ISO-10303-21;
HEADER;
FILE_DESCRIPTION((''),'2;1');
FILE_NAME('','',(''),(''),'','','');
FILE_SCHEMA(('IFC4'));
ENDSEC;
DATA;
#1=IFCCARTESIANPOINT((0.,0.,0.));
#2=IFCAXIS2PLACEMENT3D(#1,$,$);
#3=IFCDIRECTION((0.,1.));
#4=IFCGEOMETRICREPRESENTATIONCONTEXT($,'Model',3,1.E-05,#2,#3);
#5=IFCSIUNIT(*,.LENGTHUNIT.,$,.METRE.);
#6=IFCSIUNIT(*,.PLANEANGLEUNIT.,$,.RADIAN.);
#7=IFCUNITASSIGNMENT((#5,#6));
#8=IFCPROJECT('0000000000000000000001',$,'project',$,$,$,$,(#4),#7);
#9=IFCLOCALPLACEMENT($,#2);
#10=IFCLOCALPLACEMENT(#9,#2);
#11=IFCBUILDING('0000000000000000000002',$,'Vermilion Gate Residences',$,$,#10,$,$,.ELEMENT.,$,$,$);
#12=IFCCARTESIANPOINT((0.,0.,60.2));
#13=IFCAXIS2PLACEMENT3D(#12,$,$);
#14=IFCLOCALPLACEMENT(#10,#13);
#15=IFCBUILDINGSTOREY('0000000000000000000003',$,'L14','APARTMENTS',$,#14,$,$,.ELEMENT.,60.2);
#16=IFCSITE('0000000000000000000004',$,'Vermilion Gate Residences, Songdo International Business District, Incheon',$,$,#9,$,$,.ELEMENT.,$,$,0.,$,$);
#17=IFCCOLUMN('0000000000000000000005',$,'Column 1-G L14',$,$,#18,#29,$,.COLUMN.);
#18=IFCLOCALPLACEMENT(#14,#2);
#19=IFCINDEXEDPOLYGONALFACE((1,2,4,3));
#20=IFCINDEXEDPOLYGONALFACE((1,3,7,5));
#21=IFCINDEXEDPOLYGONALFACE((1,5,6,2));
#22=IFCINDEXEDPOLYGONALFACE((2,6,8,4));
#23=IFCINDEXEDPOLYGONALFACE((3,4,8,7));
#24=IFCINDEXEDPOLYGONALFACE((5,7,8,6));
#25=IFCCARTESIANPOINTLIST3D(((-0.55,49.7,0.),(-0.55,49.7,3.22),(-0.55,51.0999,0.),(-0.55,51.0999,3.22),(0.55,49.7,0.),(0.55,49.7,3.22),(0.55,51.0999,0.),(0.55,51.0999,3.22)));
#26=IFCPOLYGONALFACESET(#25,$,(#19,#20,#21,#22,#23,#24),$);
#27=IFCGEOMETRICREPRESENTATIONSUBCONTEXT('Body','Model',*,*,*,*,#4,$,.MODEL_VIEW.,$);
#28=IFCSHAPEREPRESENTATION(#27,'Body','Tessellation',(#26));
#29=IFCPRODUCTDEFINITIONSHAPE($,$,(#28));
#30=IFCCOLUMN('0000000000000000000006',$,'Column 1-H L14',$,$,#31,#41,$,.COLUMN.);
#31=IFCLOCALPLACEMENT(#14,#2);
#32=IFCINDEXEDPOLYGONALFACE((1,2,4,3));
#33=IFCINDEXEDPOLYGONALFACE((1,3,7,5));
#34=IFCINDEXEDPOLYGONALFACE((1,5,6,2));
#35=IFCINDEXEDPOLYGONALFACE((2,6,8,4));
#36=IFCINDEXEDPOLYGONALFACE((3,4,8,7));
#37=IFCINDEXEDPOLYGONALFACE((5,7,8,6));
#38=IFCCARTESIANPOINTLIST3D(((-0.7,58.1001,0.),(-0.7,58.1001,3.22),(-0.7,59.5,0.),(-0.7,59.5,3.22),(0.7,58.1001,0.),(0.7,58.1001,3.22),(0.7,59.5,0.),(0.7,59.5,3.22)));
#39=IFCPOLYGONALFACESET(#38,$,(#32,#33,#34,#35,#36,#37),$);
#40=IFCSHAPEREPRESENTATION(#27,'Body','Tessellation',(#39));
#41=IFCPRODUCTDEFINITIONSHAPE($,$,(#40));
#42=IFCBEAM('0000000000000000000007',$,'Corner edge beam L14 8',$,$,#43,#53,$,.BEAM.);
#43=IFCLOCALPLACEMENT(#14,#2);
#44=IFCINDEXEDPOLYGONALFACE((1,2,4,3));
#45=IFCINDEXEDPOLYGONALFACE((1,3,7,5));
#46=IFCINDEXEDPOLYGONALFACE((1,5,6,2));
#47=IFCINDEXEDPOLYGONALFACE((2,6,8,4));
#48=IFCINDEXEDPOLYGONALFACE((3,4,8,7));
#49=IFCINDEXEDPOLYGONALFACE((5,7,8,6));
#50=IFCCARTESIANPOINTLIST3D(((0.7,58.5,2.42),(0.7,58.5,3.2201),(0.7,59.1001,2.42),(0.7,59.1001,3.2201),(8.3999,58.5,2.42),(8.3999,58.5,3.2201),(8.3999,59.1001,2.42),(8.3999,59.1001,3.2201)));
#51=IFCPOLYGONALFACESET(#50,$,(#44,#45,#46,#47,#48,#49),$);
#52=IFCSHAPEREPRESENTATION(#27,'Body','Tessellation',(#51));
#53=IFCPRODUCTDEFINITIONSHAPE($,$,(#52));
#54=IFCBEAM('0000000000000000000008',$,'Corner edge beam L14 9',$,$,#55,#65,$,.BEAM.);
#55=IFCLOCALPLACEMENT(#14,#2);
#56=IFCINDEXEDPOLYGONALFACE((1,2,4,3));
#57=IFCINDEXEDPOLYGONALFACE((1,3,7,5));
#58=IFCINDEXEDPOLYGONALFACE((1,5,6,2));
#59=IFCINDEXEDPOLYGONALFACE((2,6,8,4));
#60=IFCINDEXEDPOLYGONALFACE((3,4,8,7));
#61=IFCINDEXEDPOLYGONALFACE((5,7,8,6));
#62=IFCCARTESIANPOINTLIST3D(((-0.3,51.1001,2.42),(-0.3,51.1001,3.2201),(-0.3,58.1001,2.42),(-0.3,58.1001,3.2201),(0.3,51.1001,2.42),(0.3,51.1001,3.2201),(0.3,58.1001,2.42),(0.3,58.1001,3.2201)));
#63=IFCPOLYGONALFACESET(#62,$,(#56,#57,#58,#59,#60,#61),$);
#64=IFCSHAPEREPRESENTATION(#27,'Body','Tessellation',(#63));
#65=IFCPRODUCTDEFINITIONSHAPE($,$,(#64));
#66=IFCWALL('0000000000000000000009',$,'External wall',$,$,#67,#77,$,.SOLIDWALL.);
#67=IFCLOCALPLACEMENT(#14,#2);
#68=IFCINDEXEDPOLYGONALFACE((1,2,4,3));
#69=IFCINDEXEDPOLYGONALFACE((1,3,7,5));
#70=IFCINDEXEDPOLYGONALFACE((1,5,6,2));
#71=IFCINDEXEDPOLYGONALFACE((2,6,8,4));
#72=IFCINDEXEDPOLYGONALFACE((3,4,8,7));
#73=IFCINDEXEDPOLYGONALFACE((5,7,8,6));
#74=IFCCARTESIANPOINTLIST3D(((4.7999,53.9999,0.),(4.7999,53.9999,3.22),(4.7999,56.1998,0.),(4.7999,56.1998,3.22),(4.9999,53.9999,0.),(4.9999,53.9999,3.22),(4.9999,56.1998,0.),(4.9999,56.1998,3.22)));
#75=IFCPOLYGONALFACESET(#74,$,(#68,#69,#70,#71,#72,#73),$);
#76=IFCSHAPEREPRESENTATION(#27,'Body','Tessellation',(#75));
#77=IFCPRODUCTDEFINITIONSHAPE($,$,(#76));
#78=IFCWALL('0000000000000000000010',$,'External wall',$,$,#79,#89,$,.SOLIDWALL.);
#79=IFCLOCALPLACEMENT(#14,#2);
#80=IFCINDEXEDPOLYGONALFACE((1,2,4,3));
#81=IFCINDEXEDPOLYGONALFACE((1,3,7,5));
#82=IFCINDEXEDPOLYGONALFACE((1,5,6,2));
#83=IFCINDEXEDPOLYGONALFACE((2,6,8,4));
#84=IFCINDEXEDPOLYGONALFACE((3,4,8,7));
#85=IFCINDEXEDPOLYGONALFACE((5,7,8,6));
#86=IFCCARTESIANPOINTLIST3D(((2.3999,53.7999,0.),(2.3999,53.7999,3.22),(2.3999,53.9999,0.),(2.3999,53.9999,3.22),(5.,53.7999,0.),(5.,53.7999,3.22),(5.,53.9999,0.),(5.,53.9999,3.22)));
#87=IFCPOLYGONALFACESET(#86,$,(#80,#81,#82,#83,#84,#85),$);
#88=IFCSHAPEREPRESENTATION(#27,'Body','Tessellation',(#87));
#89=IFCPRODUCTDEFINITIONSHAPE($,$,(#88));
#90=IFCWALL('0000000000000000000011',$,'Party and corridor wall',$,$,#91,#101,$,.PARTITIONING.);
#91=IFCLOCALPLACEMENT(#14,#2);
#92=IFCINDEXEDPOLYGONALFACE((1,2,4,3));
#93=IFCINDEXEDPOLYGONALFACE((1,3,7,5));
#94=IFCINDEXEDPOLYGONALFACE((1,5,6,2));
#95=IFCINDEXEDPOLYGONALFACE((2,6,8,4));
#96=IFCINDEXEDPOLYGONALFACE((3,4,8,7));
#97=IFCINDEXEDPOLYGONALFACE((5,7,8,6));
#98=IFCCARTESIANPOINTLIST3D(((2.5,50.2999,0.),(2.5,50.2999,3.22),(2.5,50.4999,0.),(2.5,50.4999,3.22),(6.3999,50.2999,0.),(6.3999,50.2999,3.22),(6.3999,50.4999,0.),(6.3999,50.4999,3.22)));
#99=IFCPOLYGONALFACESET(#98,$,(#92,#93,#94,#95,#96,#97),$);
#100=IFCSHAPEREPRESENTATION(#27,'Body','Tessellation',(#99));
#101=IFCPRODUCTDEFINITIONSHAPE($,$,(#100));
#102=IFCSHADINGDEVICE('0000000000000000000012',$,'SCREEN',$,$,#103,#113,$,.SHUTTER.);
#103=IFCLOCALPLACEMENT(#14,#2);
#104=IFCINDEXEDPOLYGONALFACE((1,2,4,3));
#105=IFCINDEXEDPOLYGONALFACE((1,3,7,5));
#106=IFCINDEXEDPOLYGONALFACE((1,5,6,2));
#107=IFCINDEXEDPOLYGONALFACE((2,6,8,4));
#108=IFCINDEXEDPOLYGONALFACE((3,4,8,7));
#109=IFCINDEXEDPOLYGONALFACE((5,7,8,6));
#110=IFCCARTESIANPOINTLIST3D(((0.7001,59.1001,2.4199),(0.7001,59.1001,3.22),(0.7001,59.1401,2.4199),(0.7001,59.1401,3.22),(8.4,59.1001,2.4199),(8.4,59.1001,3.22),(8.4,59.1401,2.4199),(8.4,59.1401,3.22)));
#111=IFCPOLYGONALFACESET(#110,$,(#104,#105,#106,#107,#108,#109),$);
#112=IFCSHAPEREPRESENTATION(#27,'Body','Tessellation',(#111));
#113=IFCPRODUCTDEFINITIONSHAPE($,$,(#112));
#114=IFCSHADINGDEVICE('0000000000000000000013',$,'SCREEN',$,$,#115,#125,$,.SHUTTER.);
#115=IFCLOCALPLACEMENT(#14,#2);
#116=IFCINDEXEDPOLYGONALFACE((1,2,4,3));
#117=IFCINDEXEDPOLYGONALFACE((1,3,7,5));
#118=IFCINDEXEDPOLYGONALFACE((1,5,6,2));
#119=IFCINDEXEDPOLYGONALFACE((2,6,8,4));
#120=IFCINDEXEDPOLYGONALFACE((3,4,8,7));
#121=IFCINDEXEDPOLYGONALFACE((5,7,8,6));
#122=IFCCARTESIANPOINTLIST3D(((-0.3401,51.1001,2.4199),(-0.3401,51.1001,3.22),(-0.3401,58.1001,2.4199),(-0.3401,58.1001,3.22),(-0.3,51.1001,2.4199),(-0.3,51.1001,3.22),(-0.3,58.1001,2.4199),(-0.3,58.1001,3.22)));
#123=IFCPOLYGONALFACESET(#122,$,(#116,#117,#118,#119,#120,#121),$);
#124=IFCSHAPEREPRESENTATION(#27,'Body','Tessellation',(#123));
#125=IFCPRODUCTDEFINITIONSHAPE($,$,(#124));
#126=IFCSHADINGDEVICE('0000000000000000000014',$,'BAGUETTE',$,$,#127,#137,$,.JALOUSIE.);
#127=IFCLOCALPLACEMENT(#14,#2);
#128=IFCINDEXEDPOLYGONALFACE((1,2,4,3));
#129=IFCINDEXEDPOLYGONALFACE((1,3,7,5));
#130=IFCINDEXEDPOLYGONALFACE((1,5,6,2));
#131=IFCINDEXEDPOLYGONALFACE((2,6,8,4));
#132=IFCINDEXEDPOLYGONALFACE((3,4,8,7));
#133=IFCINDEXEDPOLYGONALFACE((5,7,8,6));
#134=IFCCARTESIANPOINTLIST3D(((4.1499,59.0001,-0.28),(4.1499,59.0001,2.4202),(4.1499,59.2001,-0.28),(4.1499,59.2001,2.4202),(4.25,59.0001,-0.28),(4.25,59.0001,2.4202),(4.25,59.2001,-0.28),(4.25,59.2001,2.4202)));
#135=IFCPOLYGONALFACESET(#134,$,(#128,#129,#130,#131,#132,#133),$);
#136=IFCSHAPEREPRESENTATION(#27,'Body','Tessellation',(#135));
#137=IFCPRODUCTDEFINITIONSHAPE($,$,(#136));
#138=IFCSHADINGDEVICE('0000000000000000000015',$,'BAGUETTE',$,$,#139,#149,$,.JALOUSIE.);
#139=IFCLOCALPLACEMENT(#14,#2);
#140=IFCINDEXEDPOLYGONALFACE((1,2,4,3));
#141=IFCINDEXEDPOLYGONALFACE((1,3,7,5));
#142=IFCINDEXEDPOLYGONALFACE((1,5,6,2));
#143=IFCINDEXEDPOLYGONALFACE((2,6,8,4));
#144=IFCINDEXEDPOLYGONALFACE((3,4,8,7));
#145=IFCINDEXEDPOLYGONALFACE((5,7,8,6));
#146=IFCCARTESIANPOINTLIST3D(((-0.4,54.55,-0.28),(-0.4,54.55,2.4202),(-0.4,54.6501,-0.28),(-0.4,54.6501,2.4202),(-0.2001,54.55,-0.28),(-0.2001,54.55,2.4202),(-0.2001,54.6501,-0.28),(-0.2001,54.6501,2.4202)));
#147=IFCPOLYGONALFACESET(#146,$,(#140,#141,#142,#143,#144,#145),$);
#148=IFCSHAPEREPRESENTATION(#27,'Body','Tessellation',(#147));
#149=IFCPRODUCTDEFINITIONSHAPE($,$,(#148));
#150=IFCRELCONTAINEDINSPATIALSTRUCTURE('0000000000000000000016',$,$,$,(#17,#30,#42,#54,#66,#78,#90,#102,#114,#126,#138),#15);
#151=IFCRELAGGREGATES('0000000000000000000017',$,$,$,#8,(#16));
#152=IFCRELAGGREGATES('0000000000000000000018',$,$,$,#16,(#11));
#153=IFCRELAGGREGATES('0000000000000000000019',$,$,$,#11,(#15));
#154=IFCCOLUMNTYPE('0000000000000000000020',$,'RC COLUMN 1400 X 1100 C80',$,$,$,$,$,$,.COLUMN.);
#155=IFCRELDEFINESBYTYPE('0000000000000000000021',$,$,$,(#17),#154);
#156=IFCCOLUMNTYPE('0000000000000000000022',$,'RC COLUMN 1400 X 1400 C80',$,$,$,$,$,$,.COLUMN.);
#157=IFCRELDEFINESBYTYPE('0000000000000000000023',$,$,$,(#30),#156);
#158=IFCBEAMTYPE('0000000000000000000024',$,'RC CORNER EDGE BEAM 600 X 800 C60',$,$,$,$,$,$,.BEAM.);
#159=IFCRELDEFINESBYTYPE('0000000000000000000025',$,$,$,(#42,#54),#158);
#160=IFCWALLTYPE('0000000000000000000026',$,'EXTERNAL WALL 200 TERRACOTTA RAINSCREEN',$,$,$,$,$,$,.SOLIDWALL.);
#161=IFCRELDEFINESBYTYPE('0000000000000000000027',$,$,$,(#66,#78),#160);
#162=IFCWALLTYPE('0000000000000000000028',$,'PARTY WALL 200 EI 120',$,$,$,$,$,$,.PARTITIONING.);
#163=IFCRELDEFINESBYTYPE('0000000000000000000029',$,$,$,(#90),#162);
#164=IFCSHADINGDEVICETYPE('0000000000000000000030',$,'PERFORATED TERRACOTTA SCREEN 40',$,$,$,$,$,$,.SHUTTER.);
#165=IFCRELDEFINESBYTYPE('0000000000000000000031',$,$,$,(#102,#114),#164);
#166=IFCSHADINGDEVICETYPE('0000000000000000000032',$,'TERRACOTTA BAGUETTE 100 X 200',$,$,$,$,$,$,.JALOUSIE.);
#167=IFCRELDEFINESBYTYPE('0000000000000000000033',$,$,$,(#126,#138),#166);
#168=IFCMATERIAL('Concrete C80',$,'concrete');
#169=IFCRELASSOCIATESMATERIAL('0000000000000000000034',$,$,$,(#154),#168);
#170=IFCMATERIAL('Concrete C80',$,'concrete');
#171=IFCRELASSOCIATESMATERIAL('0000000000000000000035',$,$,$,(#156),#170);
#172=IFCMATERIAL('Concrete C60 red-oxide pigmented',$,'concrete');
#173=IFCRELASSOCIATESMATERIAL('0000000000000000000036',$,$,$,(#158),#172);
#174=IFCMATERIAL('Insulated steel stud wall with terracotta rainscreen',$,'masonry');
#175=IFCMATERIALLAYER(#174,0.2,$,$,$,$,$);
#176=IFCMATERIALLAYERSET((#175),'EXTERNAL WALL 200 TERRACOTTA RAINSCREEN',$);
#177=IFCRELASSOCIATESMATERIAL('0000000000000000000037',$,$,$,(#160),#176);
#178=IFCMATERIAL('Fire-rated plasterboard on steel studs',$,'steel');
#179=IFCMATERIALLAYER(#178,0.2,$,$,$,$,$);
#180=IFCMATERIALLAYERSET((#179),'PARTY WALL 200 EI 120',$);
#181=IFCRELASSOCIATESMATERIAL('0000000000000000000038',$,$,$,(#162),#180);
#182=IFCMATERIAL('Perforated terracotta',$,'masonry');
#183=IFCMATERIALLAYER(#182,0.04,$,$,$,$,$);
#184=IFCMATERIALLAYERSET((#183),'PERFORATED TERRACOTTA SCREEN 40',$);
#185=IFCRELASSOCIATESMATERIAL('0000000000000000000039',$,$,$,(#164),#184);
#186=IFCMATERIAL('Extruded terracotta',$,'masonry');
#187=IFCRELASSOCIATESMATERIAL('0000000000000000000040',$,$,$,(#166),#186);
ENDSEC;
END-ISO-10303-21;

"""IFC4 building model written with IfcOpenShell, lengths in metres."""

from ifc_helpers import new_model, si_unit, direction, frame, frame_2d, origin, origin_2d, place, context, subcontext, project, spatial, rectangle, extrude, material, layer, layer_set, material_profile, profile_set, type_object, element, save


model = new_model("IFC4")

# Units and contexts
model_context = context("Model", 3, precision=1e-05, world=origin(), true_north=direction((0.0, 1.0)))
body_context = subcontext(model_context, "Body", "Model", "MODEL_VIEW")
ifc_project = project(units=[si_unit("LENGTHUNIT", "METRE"), si_unit("PLANEANGLEUNIT", "RADIAN")], contexts=[model_context])

# Site, building, storey
site_placement = place(None, origin())
site = spatial("IfcSite", under=ifc_project, at=site_placement, Name="Vermilion Gate Residences, Songdo International Business District, Incheon", CompositionType="ELEMENT", RefElevation=0.0)
building_placement = place(site_placement, origin())
building = spatial("IfcBuilding", under=site, at=building_placement, Name="Vermilion Gate Residences", CompositionType="ELEMENT")
storey_placement = place(building_placement, frame((0.0, 0.0, 60.2)))
storey = spatial("IfcBuildingStorey", under=building, at=storey_placement, Name="L14", Description="APARTMENTS", CompositionType="ELEMENT", Elevation=60.2)

# Columns
ifc_material_1 = material(Name="Concrete C80", Category="concrete")
ifc_material_profile_1 = material_profile(ifc_material_1, rectangle(XDim=1.3999, YDim=1.1001, at=origin_2d()), Name="RC-1400x1100")
ifc_profile_set_1 = profile_set([ifc_material_profile_1], Name="Concrete C80")
column_type_1 = type_object("IfcColumnType", Name="RC COLUMN 1400 X 1100 C80", PredefinedType="COLUMN", material=ifc_profile_set_1)
column_1_placement = place(storey_placement, frame((0.0, 50.3999, 0.0), z_axis=(0.0, 0.0, 1.0), x_axis=(0.0, 1.0, 0.0)))
element("IfcColumn", 1, at=column_1_placement, inside=storey, type_object=column_type_1, Name="Column 1-G L14", PredefinedType="COLUMN", context=body_context, shape_type="SweptSolid", body=[
    extrude(rectangle(XDim=1.3999, YDim=1.1001, at=origin_2d()), origin(), (0.0, 0.0, 1.0), 3.22),
])
ifc_material_2 = material(Name="Concrete C80", Category="concrete")
ifc_material_profile_2 = material_profile(ifc_material_2, rectangle(XDim=1.3999, YDim=1.3999, at=origin_2d()), Name="RC-1400x1400")
ifc_profile_set_2 = profile_set([ifc_material_profile_2], Name="Concrete C80")
column_type_2 = type_object("IfcColumnType", Name="RC COLUMN 1400 X 1400 C80", PredefinedType="COLUMN", material=ifc_profile_set_2)
column_2_placement = place(storey_placement, frame((0.0, 58.8, 0.0), z_axis=(0.0, 0.0, 1.0), x_axis=(1.0, 0.0, 0.0)))
element("IfcColumn", 2, at=column_2_placement, inside=storey, type_object=column_type_2, Name="Column 1-H L14", PredefinedType="COLUMN", context=body_context, shape_type="SweptSolid", body=[
    extrude(rectangle(XDim=1.3999, YDim=1.3999, at=origin_2d()), origin(), (0.0, 0.0, 1.0), 3.22),
])

# Beams
ifc_material_3 = material(Name="Concrete C60 red-oxide pigmented", Category="concrete")
ifc_material_profile_3 = material_profile(ifc_material_3, rectangle(XDim=0.6001, YDim=0.8, at=origin_2d()), Name="RC-600x800")
ifc_profile_set_3 = profile_set([ifc_material_profile_3], Name="Concrete C60 red-oxide pigmented")
beam_type = type_object("IfcBeamType", Name="RC CORNER EDGE BEAM 600 X 800 C60", PredefinedType="BEAM", material=ifc_profile_set_3)
beam_1_placement = place(storey_placement, frame((0.7, 58.8, 2.8201), z_axis=(1.0, 0.0, 0.0), x_axis=(0.0, 1.0, 0.0)))
element("IfcBeam", 3, at=beam_1_placement, inside=storey, type_object=beam_type, Name="Corner edge beam L14 8", PredefinedType="BEAM", context=body_context, shape_type="SweptSolid", body=[
    extrude(rectangle(XDim=0.6001, YDim=0.8, at=origin_2d()), origin(), (0.0, 0.0, 1.0), 7.7),
])
beam_2_placement = place(storey_placement, frame((0.0, 51.1001, 2.8201), z_axis=(0.0, 1.0, 0.0), x_axis=(-1.0, 0.0, 0.0)))
element("IfcBeam", 4, at=beam_2_placement, inside=storey, type_object=beam_type, Name="Corner edge beam L14 9", PredefinedType="BEAM", context=body_context, shape_type="SweptSolid", body=[
    extrude(rectangle(XDim=0.6001, YDim=0.8, at=origin_2d()), origin(), (0.0, 0.0, 1.0), 7.0),
])

# Walls
ifc_material_4 = material(Name="Insulated steel stud wall with terracotta rainscreen", Category="masonry")
ifc_layer_1 = layer(ifc_material_4, 0.2)
ifc_layer_set_1 = layer_set([ifc_layer_1], Name="EXTERNAL WALL 200 TERRACOTTA RAINSCREEN")
wall_type_1 = type_object("IfcWallType", Name="EXTERNAL WALL 200 TERRACOTTA RAINSCREEN", PredefinedType="SOLIDWALL", material=ifc_layer_set_1)
wall_1_placement = place(storey_placement, frame((4.8999, 56.2, 0.0), z_axis=(0.0, 0.0, 1.0), x_axis=(0.0, -1.0, 0.0)))
element("IfcWall", 5, at=wall_1_placement, inside=storey, type_object=wall_type_1, Name="External wall", PredefinedType="SOLIDWALL", context=body_context, shape_type="SweptSolid", body=[
    extrude(rectangle(XDim=2.2, YDim=0.2, at=frame_2d((1.1001, 0.0))), origin(), (0.0, 0.0, 1.0), 3.22),
])
wall_2_placement = place(storey_placement, frame((5.0, 53.8999, 0.0), z_axis=(0.0, 0.0, 1.0), x_axis=(-1.0, 0.0, 0.0)))
element("IfcWall", 6, at=wall_2_placement, inside=storey, type_object=wall_type_1, Name="External wall", PredefinedType="SOLIDWALL", context=body_context, shape_type="SweptSolid", body=[
    extrude(rectangle(XDim=2.6001, YDim=0.2, at=frame_2d((1.3, 0.0))), origin(), (0.0, 0.0, 1.0), 3.22),
])

# Wall
ifc_material_5 = material(Name="Fire-rated plasterboard on steel studs", Category="steel")
ifc_layer_2 = layer(ifc_material_5, 0.2)
ifc_layer_set_2 = layer_set([ifc_layer_2], Name="PARTY WALL 200 EI 120")
wall_type_2 = type_object("IfcWallType", Name="PARTY WALL 200 EI 120", PredefinedType="PARTITIONING", material=ifc_layer_set_2)
wall_3_placement = place(storey_placement, frame((2.5, 50.3999, 0.0), z_axis=(0.0, 0.0, 1.0), x_axis=(1.0, 0.0, 0.0)))
element("IfcWall", 7, at=wall_3_placement, inside=storey, type_object=wall_type_2, Name="Party and corridor wall", PredefinedType="PARTITIONING", context=body_context, shape_type="SweptSolid", body=[
    extrude(rectangle(XDim=3.8999, YDim=0.2, at=frame_2d((1.95, 0.0))), origin(), (0.0, 0.0, 1.0), 3.22),
])

# Shading devices
ifc_material_6 = material(Name="Perforated terracotta", Category="masonry")
ifc_layer_3 = layer(ifc_material_6, 0.04)
ifc_layer_set_3 = layer_set([ifc_layer_3], Name="PERFORATED TERRACOTTA SCREEN 40")
shading_device_type_1 = type_object("IfcShadingDeviceType", Name="PERFORATED TERRACOTTA SCREEN 40", PredefinedType="SHUTTER", material=ifc_layer_set_3)
shading_device_1_placement = place(storey_placement, frame((4.55, 59.1201, 2.4199), z_axis=(0.0, 0.0, 1.0), x_axis=(-1.0, 0.0, 0.0)))
element("IfcShadingDevice", 8, at=shading_device_1_placement, inside=storey, type_object=shading_device_type_1, Name="SCREEN", PredefinedType="SHUTTER", context=body_context, shape_type="SweptSolid", body=[
    extrude(rectangle(XDim=7.7, YDim=0.04, at=origin_2d()), origin(), (0.0, 0.0, 1.0), 0.8),
])
shading_device_2_placement = place(storey_placement, frame((-0.3201, 54.6001, 2.4199), z_axis=(0.0, 0.0, 1.0), x_axis=(0.0, -1.0, 0.0)))
element("IfcShadingDevice", 9, at=shading_device_2_placement, inside=storey, type_object=shading_device_type_1, Name="SCREEN", PredefinedType="SHUTTER", context=body_context, shape_type="SweptSolid", body=[
    extrude(rectangle(XDim=7.0, YDim=0.04, at=origin_2d()), origin(), (0.0, 0.0, 1.0), 0.8),
])
ifc_material_7 = material(Name="Extruded terracotta", Category="masonry")
ifc_material_profile_4 = material_profile(ifc_material_7, rectangle(XDim=0.2, YDim=0.1001, at=origin_2d()), Name="BAGUETTE 100 X 200")
ifc_profile_set_4 = profile_set([ifc_material_profile_4], Name="Extruded terracotta")
shading_device_type_2 = type_object("IfcShadingDeviceType", Name="TERRACOTTA BAGUETTE 100 X 200", PredefinedType="JALOUSIE", material=ifc_profile_set_4)
for number, where, z_axis, x_axis, name in (
    (10, (4.2, 59.1001, -0.28), (0.0, 0.0, 1.0), (0.0, -1.0, 0.0), "BAGUETTE"),
    (11, (-0.3, 54.6001, -0.28), (0.0, 0.0, 1.0), (1.0, 0.0, 0.0), "BAGUETTE"),
):
    element("IfcShadingDevice", number, at=place(storey_placement, frame(where, z_axis=z_axis, x_axis=x_axis)), inside=storey, type_object=shading_device_type_2, Name=name, PredefinedType="JALOUSIE", context=body_context, shape_type="SweptSolid", body=[
        extrude(rectangle(XDim=0.2, YDim=0.1001, at=origin_2d()), origin(), (0.0, 0.0, 1.0), 2.7002),
    ])

save(model, "model.ifc")
